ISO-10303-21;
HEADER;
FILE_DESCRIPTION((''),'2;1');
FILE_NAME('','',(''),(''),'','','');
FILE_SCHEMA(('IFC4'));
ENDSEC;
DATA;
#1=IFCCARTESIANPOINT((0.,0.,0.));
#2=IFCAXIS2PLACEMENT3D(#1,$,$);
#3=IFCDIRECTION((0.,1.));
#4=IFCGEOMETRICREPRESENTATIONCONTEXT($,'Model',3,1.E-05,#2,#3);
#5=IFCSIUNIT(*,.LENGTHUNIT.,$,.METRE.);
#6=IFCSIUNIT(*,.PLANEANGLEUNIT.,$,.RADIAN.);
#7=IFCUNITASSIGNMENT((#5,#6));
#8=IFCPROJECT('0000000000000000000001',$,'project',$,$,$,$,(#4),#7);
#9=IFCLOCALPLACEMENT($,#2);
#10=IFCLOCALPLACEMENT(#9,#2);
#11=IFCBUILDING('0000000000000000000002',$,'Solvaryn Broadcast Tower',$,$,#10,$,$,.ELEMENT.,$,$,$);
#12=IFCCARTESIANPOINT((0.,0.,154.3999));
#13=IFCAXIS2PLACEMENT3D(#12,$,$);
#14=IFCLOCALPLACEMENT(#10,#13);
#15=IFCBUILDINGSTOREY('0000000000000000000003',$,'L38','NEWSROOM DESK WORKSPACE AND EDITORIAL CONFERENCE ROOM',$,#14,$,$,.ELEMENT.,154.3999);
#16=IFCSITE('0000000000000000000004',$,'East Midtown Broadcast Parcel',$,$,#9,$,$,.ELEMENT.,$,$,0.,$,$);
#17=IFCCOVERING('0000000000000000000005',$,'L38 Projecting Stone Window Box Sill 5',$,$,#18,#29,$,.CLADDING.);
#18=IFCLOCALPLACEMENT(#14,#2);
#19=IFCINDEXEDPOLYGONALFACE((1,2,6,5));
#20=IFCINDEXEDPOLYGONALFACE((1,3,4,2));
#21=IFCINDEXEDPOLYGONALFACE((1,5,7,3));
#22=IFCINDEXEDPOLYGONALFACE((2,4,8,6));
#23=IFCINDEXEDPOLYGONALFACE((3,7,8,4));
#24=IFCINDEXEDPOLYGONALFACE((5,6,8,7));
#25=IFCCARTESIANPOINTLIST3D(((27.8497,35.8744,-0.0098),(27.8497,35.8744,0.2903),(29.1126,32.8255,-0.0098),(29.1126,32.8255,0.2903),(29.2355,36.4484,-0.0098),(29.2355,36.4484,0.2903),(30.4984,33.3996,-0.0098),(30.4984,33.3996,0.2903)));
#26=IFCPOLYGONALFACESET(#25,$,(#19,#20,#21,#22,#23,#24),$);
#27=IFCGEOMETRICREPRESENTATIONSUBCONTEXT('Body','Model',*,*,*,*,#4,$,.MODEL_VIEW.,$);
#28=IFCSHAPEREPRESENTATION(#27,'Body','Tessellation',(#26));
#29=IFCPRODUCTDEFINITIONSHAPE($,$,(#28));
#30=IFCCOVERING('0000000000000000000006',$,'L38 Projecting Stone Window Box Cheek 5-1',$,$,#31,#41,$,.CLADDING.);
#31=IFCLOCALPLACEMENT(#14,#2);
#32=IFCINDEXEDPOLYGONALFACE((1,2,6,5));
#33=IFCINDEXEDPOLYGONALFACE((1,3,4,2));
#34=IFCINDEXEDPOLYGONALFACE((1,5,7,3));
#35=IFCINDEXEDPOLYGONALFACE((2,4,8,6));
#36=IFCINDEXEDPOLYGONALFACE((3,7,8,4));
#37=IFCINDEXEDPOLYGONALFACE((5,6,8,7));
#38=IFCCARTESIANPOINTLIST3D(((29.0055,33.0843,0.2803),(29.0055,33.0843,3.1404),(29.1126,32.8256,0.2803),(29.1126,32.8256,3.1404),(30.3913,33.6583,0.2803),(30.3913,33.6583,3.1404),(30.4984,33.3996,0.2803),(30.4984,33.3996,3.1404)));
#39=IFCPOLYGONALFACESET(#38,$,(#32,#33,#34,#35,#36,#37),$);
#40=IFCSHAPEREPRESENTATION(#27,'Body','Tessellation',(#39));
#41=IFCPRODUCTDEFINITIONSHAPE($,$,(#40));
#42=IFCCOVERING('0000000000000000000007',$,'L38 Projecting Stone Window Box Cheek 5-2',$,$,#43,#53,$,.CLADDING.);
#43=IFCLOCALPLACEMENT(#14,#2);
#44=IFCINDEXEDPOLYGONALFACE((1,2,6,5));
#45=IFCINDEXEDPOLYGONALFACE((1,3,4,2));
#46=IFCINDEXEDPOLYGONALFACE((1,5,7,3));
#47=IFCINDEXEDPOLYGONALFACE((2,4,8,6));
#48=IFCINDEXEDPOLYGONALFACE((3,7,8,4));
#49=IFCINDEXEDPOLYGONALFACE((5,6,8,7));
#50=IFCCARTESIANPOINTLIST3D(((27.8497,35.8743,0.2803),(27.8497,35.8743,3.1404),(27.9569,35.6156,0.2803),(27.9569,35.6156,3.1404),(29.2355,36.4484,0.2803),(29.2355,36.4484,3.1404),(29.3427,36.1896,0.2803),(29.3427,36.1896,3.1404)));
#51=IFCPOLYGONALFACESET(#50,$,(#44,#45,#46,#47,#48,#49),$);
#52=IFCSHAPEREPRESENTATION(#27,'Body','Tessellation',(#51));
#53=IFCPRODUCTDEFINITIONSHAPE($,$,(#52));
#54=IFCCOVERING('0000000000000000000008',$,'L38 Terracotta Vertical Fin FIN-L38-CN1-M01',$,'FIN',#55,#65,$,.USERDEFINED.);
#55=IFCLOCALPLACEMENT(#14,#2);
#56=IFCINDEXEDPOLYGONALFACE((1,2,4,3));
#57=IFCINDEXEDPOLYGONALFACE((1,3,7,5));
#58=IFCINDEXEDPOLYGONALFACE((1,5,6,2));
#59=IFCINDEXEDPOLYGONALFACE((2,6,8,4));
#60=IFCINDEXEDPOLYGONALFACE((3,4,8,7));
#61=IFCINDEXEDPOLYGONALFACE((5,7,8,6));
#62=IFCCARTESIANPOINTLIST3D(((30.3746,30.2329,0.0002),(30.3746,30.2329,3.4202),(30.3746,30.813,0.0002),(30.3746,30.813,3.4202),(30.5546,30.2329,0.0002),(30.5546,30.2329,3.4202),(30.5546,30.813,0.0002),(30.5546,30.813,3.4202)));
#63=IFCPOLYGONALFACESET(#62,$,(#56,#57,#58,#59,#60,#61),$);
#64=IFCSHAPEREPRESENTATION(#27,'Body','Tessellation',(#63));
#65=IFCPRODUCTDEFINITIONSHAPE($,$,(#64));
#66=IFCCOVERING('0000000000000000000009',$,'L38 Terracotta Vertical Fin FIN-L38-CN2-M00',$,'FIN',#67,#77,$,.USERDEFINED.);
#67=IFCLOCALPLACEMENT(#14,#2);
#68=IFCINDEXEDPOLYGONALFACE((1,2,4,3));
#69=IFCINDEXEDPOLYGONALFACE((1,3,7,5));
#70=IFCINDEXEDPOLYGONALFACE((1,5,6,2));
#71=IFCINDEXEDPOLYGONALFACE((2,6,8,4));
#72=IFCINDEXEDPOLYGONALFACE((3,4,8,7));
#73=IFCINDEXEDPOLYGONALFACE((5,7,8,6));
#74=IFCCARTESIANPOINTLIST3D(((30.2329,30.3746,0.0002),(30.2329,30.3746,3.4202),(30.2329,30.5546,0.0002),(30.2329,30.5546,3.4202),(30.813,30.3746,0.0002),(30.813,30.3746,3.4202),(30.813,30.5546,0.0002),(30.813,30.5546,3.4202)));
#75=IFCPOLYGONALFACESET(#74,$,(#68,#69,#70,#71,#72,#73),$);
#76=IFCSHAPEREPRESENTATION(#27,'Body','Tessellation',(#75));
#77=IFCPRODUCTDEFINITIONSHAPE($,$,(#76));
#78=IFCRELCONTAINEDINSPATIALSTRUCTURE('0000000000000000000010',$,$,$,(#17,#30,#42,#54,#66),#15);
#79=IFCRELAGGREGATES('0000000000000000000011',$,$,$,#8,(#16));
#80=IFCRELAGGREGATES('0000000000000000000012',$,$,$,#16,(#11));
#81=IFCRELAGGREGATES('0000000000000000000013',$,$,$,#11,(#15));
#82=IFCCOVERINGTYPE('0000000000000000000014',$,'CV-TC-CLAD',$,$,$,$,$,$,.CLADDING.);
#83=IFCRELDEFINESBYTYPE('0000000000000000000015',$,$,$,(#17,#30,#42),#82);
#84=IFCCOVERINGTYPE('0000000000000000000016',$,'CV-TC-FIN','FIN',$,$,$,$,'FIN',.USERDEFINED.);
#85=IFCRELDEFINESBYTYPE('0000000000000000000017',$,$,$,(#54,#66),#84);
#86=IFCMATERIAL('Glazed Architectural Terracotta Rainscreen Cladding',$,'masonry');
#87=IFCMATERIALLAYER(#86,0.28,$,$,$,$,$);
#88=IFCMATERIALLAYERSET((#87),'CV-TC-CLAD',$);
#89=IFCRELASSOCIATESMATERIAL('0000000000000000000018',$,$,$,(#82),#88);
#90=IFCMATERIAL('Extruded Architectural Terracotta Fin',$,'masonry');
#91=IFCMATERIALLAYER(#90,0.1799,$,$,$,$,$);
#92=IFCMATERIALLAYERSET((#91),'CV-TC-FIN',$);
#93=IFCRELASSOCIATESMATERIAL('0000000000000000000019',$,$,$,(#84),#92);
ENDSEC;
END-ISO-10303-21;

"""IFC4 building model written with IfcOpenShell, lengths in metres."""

from ifc_helpers import new_model, si_unit, direction, frame, origin, origin_2d, place, context, subcontext, project, spatial, rectangle, extrude, material, layer, layer_set, type_object, element, save


model = new_model("IFC4")

# Units and contexts
model_context = context("Model", 3, precision=1e-05, world=origin(), true_north=direction((0.0, 1.0)))
body_context = subcontext(model_context, "Body", "Model", "MODEL_VIEW")
ifc_project = project(units=[si_unit("LENGTHUNIT", "METRE"), si_unit("PLANEANGLEUNIT", "RADIAN")], contexts=[model_context])

# Site, building, storey
site_placement = place(None, origin())
site = spatial("IfcSite", under=ifc_project, at=site_placement, Name="East Midtown Broadcast Parcel", CompositionType="ELEMENT", RefElevation=0.0)
building_placement = place(site_placement, origin())
building = spatial("IfcBuilding", under=site, at=building_placement, Name="Solvaryn Broadcast Tower", CompositionType="ELEMENT")
storey_placement = place(building_placement, frame((0.0, 0.0, 154.3999)))
storey = spatial("IfcBuildingStorey", under=building, at=storey_placement, Name="L38", Description="NEWSROOM DESK WORKSPACE AND EDITORIAL CONFERENCE ROOM", CompositionType="ELEMENT", Elevation=154.3999)

# Coverings
ifc_material_1 = material(Name="Glazed Architectural Terracotta Rainscreen Cladding", Category="masonry")
ifc_layer_1 = layer(ifc_material_1, 0.28)
ifc_layer_set_1 = layer_set([ifc_layer_1], Name="CV-TC-CLAD")
covering_type_1 = type_object("IfcCoveringType", Name="CV-TC-CLAD", PredefinedType="CLADDING", material=ifc_layer_set_1)
for number, where, z_axis, x_axis, name in (
    (1, (29.1741, 34.637, -0.0098), (0.0, 0.0, 1.0), (-0.382683, 0.92388, 0.0), "L38 Projecting Stone Window Box Sill 5"),
):
    element("IfcCovering", number, at=place(storey_placement, frame(where, z_axis=z_axis, x_axis=x_axis)), inside=storey, type_object=covering_type_1, Name=name, PredefinedType="CLADDING", context=body_context, shape_type="SweptSolid", body=[
        extrude(rectangle(XDim=3.3, YDim=1.5, at=origin_2d()), origin(), (0.0, 0.0, 1.0), 0.3),
    ])
for number, where, z_axis, x_axis, name in (
    (2, (29.752, 33.2419, 0.2803), (0.0, 0.0, 1.0), (-0.382683, 0.92388, 0.0), "L38 Projecting Stone Window Box Cheek 5-1"),
    (3, (28.5962, 36.032, 0.2803), (0.0, 0.0, 1.0), (-0.382683, 0.92388, 0.0), "L38 Projecting Stone Window Box Cheek 5-2"),
):
    element("IfcCovering", number, at=place(storey_placement, frame(where, z_axis=z_axis, x_axis=x_axis)), inside=storey, type_object=covering_type_1, Name=name, PredefinedType="CLADDING", context=body_context, shape_type="SweptSolid", body=[
        extrude(rectangle(XDim=0.28, YDim=1.5, at=origin_2d()), origin(), (0.0, 0.0, 1.0), 2.8601),
    ])
ifc_material_2 = material(Name="Extruded Architectural Terracotta Fin", Category="masonry")
ifc_layer_2 = layer(ifc_material_2, 0.1799)
ifc_layer_set_2 = layer_set([ifc_layer_2], Name="CV-TC-FIN")
covering_type_2 = type_object("IfcCoveringType", Name="CV-TC-FIN", Description="FIN", ElementType="FIN", PredefinedType="USERDEFINED", material=ifc_layer_set_2)
covering_1_placement = place(storey_placement, frame((30.4646, 30.5229, 0.0002), z_axis=(0.0, 0.0, 1.0), x_axis=(1.0, 0.0, 0.0)))
element("IfcCovering", 4, at=covering_1_placement, inside=storey, type_object=covering_type_2, Name="L38 Terracotta Vertical Fin FIN-L38-CN1-M01", ObjectType="FIN", PredefinedType="USERDEFINED", context=body_context, shape_type="SweptSolid", body=[
    extrude(rectangle(XDim=0.1799, YDim=0.5801, at=origin_2d()), origin(), (0.0, 0.0, 1.0), 3.4199),
])
covering_2_placement = place(storey_placement, frame((30.5229, 30.4646, 0.0002), z_axis=(0.0, 0.0, 1.0), x_axis=(1.0, 0.0, 0.0)))
element("IfcCovering", 5, at=covering_2_placement, inside=storey, type_object=covering_type_2, Name="L38 Terracotta Vertical Fin FIN-L38-CN2-M00", ObjectType="FIN", PredefinedType="USERDEFINED", context=body_context, shape_type="SweptSolid", body=[
    extrude(rectangle(XDim=0.5801, YDim=0.1799, at=origin_2d()), origin(), (0.0, 0.0, 1.0), 3.4199),
])

save(model, "model.ifc")
